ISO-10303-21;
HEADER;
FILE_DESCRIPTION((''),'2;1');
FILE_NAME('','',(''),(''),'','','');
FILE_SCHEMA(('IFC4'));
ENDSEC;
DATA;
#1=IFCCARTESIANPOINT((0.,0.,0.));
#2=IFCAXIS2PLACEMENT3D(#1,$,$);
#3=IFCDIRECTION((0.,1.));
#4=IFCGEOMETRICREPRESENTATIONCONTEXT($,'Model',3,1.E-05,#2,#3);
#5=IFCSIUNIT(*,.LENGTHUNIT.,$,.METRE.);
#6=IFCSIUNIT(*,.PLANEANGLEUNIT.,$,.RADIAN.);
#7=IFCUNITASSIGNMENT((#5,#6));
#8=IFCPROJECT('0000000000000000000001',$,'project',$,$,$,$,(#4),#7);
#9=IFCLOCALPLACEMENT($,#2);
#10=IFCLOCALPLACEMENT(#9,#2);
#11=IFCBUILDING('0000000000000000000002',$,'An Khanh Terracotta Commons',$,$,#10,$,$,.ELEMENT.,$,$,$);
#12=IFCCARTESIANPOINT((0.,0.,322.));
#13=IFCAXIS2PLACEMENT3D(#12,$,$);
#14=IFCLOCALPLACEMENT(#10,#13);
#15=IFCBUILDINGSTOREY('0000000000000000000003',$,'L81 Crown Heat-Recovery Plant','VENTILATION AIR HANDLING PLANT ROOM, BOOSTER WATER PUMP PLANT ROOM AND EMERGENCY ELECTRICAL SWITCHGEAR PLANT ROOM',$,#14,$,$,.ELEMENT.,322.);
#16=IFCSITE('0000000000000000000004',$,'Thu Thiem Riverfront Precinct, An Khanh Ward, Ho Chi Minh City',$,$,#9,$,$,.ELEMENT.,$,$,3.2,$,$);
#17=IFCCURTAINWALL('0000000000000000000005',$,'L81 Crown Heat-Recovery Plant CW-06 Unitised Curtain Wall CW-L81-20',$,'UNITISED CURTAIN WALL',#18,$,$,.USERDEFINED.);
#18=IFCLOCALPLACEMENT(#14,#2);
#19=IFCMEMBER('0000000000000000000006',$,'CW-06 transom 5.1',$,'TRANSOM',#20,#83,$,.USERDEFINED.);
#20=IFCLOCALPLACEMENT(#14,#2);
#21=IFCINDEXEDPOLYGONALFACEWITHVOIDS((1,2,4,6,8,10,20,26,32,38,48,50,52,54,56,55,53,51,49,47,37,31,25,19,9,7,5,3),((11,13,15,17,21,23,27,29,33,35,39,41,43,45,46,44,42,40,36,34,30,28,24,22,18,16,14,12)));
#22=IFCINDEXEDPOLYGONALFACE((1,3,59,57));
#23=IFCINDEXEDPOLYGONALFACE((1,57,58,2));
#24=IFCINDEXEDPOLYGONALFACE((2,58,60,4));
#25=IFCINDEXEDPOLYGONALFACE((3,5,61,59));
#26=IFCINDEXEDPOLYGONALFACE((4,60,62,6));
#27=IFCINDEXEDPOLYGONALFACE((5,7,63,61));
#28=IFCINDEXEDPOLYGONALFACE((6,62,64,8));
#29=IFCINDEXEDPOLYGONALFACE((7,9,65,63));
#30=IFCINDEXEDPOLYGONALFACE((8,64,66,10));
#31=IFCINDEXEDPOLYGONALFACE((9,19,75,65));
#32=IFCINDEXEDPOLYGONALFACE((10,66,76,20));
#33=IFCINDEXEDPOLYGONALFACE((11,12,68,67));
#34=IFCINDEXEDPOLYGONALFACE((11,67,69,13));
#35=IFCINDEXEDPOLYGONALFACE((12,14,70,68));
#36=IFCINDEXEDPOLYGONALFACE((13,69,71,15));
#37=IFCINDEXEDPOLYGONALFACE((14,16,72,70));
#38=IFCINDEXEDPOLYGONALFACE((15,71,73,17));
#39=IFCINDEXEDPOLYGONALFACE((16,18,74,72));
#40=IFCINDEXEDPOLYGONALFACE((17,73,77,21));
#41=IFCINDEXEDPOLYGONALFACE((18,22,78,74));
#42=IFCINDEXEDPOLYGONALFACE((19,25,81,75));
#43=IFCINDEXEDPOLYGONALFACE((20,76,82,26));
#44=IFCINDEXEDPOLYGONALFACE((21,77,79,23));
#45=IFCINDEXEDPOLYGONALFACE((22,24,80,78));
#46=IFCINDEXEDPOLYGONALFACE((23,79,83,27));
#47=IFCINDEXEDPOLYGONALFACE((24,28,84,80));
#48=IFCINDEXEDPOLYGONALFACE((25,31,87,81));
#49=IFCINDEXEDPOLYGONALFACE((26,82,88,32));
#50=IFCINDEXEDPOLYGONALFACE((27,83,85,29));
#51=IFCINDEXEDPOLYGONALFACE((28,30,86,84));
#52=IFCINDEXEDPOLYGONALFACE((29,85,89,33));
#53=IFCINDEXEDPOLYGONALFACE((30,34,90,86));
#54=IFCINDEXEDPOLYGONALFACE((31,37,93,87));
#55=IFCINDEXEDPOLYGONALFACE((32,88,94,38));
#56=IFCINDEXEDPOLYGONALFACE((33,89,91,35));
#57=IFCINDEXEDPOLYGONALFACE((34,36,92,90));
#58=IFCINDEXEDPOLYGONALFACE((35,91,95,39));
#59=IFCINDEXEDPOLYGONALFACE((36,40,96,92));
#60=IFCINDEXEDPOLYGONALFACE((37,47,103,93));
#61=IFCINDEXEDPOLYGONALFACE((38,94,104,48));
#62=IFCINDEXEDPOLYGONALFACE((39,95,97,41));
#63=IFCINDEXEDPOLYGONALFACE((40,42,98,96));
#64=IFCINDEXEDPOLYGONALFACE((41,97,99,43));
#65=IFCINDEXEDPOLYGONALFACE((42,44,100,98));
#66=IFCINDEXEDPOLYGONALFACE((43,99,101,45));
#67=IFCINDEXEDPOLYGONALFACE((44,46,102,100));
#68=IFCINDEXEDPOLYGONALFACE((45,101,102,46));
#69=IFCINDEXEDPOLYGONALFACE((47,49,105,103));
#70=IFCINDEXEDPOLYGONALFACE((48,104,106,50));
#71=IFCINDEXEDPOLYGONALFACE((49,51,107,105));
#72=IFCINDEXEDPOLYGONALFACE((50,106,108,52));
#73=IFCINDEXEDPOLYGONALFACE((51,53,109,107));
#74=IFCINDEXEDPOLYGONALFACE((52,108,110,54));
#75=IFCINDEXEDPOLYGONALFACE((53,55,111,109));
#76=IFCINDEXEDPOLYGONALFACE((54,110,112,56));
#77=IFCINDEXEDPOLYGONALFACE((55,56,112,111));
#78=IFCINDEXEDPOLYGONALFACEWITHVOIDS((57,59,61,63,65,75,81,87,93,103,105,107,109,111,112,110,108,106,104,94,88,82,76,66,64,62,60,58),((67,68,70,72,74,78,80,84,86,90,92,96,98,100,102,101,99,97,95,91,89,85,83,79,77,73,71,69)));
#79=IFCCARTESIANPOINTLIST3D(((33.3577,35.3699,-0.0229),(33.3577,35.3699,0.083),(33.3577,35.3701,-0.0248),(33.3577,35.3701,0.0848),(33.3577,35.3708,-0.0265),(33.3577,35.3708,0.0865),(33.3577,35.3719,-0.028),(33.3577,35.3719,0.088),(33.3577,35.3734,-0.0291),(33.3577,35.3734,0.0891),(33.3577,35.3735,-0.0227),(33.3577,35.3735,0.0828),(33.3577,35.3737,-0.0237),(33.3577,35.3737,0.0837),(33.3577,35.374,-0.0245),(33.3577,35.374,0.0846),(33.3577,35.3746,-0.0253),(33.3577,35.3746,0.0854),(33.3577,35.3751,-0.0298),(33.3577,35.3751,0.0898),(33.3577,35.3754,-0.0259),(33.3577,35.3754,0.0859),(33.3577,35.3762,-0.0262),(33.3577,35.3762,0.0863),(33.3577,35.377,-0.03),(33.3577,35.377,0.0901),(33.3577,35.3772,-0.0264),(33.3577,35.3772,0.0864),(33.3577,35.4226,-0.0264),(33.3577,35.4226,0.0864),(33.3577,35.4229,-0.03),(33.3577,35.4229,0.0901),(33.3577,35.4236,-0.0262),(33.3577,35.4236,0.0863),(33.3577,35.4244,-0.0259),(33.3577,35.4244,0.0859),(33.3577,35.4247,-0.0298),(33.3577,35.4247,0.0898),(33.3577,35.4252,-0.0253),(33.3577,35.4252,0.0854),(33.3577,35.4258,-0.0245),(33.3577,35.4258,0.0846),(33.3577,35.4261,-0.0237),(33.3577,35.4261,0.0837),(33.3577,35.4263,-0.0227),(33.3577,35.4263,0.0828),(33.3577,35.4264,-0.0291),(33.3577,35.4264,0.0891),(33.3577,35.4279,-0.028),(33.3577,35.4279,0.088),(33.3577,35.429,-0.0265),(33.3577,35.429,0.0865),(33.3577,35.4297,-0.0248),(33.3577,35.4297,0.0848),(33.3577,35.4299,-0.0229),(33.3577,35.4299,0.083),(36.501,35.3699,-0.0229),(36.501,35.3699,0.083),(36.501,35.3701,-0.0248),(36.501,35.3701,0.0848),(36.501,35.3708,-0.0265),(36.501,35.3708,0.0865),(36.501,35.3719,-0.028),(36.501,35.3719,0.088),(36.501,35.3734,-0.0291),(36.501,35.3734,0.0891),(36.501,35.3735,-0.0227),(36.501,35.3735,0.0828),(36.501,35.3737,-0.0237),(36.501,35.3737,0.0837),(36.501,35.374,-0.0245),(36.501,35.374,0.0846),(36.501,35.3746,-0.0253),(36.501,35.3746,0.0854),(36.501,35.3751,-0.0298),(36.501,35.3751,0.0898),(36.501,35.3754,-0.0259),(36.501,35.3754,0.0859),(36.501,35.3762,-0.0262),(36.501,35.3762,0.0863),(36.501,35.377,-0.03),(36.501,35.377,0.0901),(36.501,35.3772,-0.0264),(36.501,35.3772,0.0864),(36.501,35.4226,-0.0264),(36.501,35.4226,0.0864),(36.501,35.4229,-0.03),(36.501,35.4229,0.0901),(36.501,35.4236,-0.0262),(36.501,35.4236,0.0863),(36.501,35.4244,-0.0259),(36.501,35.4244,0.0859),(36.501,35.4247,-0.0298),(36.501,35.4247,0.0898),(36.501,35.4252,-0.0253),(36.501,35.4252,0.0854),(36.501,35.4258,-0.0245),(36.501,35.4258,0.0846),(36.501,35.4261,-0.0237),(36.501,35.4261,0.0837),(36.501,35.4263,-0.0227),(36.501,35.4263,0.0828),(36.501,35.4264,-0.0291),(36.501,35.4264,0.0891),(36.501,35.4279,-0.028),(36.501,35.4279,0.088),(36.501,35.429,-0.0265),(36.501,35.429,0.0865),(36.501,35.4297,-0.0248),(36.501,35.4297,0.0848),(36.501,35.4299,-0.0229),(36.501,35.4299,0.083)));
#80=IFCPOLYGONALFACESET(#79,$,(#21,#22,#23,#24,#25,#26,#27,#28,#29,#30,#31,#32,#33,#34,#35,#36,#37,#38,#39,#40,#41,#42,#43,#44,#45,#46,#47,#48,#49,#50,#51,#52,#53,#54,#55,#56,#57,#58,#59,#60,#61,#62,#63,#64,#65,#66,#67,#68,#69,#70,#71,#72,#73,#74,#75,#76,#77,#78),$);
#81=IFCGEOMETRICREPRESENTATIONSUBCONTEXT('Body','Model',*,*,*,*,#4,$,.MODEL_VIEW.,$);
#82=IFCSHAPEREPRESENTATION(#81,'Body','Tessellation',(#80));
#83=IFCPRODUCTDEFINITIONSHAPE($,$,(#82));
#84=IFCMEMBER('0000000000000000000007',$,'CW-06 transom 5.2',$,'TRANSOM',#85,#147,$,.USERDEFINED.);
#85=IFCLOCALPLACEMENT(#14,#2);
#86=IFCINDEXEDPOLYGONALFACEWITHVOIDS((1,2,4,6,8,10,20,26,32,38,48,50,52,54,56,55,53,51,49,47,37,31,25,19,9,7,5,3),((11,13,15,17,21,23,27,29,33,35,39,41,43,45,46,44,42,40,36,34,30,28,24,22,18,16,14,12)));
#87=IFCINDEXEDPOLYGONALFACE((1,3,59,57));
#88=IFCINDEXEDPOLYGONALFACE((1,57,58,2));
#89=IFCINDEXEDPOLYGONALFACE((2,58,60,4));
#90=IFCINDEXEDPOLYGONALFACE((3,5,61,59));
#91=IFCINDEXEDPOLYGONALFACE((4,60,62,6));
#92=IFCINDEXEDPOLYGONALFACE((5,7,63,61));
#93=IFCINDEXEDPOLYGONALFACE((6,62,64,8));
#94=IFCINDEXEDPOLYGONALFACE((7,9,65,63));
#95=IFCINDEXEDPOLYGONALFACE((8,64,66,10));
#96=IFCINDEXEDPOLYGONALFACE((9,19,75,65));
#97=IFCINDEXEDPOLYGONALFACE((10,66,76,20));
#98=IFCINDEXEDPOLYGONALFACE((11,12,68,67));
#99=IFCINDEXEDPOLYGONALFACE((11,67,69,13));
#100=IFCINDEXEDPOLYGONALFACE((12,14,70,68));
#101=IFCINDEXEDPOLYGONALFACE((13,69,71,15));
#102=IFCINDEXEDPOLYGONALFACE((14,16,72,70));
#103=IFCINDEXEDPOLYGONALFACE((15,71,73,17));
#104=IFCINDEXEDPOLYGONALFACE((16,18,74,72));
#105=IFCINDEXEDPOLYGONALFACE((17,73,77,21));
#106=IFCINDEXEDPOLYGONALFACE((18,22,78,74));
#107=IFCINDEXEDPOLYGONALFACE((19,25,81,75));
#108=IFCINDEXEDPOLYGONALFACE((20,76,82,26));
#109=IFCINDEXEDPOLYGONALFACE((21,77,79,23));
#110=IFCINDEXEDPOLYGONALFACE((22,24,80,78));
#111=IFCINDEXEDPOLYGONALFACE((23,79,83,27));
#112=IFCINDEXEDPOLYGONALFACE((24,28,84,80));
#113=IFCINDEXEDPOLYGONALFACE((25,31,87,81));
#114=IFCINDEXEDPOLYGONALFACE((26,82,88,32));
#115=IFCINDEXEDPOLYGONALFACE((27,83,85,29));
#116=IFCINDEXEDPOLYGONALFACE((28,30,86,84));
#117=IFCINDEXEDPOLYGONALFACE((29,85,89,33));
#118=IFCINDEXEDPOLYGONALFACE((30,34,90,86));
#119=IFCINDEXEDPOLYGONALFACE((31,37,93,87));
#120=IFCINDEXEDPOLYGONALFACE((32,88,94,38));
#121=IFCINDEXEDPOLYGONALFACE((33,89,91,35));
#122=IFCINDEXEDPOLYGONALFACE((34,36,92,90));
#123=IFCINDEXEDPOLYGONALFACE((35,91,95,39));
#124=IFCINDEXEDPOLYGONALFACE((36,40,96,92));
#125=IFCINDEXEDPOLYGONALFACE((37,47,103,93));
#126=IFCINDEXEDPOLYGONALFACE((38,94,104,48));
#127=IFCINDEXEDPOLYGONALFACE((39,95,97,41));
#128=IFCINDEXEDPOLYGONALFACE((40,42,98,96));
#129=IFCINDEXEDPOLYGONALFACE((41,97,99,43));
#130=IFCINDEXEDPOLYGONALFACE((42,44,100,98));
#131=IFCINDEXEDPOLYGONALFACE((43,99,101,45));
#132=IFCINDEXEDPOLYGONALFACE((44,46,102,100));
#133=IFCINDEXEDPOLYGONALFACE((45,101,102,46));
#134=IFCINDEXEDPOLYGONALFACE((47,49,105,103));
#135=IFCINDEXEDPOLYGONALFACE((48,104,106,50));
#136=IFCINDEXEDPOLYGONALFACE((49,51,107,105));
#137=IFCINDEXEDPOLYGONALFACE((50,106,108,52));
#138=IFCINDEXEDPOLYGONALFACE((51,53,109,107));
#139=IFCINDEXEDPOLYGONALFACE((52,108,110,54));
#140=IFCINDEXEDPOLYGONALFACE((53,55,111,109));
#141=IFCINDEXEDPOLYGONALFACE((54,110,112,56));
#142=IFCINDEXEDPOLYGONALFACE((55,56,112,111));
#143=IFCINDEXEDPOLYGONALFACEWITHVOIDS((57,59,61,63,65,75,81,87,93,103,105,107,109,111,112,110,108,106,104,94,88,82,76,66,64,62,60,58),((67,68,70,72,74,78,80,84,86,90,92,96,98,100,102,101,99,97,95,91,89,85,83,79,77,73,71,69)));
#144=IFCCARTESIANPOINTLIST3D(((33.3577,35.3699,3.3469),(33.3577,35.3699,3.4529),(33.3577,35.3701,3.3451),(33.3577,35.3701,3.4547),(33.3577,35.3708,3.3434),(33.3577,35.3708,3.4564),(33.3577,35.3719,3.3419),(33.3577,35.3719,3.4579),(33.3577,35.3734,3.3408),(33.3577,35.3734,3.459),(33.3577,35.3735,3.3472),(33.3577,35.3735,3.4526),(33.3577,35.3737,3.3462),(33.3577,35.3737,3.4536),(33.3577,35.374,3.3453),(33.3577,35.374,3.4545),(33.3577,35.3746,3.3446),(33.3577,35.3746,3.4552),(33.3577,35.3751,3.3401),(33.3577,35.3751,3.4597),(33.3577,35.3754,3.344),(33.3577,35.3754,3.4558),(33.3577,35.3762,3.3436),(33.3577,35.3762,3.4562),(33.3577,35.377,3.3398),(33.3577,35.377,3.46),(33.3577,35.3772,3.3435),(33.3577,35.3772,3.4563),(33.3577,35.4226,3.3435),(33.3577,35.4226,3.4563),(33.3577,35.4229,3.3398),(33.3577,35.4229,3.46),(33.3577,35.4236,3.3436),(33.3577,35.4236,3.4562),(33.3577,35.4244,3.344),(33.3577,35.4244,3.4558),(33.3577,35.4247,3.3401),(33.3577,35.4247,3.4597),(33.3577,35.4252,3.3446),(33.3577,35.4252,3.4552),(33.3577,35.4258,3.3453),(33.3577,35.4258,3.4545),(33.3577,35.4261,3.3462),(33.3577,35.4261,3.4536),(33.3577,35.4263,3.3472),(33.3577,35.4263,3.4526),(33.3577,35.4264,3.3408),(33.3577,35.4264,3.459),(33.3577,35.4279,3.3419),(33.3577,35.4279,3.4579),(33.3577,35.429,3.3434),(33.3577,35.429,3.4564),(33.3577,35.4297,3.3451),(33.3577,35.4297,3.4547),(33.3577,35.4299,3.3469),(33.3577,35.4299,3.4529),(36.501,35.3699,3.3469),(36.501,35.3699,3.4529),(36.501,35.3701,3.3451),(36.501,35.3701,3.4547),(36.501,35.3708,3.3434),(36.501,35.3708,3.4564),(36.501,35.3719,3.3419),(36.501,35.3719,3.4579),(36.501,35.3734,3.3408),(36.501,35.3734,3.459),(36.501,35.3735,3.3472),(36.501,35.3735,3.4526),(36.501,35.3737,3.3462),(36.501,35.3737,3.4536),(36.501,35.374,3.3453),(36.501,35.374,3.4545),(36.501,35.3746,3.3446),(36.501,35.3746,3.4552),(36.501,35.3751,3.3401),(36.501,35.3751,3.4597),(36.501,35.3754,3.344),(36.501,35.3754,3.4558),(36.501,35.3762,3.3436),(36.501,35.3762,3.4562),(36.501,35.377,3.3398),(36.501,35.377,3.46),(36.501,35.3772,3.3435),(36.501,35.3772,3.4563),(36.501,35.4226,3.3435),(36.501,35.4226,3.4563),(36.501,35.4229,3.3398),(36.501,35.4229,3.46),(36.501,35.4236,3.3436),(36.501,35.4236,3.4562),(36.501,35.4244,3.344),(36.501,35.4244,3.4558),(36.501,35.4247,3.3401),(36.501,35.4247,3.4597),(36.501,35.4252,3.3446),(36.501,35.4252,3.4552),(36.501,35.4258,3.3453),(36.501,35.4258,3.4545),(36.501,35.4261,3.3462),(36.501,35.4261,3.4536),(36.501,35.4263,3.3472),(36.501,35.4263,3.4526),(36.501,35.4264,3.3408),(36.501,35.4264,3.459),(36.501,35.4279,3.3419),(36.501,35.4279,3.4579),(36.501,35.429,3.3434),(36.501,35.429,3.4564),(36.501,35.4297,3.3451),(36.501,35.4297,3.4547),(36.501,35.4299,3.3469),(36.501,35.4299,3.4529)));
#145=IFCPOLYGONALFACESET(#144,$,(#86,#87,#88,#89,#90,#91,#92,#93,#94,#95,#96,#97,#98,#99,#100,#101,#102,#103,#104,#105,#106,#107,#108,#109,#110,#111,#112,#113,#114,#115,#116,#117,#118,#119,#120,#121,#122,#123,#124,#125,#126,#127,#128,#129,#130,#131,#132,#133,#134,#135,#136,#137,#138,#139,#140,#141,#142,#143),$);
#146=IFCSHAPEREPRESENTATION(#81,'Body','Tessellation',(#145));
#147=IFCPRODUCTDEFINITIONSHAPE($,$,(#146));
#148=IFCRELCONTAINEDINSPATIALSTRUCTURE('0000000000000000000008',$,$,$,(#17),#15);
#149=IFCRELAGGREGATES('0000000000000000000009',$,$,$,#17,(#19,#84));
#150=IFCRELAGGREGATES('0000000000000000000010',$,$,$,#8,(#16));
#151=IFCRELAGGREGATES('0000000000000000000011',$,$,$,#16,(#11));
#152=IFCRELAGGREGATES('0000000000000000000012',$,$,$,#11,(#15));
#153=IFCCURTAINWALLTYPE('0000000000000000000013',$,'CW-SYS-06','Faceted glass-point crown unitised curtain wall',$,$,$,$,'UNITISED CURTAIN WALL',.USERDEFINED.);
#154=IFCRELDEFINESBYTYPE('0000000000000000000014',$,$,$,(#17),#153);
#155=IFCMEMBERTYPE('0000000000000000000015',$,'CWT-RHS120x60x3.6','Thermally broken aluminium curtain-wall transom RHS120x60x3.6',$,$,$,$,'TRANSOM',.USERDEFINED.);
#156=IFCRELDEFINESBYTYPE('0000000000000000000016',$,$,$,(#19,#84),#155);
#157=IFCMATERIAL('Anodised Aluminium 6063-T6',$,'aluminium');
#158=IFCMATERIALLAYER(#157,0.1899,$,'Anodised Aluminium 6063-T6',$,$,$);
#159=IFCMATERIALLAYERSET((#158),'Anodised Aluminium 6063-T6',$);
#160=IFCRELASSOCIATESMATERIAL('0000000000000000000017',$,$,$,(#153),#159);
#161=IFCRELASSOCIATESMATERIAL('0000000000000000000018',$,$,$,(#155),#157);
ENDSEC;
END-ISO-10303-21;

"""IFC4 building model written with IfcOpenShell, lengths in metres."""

from ifc_helpers import new_model, si_unit, direction, frame, origin, origin_2d, place, context, subcontext, project, spatial, hollow_rectangle, extrude, material, layer, layer_set, material_profile, profile_set, type_object, element, aggregate, save


model = new_model("IFC4")

# Units and contexts
model_context = context("Model", 3, precision=1e-05, world=origin(), true_north=direction((0.0, 1.0)))
body_context = subcontext(model_context, "Body", "Model", "MODEL_VIEW")
ifc_project = project(units=[si_unit("LENGTHUNIT", "METRE"), si_unit("PLANEANGLEUNIT", "RADIAN")], contexts=[model_context])

# Site, building, storey
site_placement = place(None, origin())
site = spatial("IfcSite", under=ifc_project, at=site_placement, Name="Thu Thiem Riverfront Precinct, An Khanh Ward, Ho Chi Minh City", CompositionType="ELEMENT", RefElevation=3.2)
building_placement = place(site_placement, origin())
building = spatial("IfcBuilding", under=site, at=building_placement, Name="An Khanh Terracotta Commons", CompositionType="ELEMENT")
storey_placement = place(building_placement, frame((0.0, 0.0, 322.0)))
storey = spatial("IfcBuildingStorey", under=building, at=storey_placement, Name="L81 Crown Heat-Recovery Plant", Description="VENTILATION AIR HANDLING PLANT ROOM, BOOSTER WATER PUMP PLANT ROOM AND EMERGENCY ELECTRICAL SWITCHGEAR PLANT ROOM", CompositionType="ELEMENT", Elevation=322.0)

# Curtain wall, members
ifc_material_1 = material(Name="Anodised Aluminium 6063-T6", Category="aluminium")
ifc_layer_1 = layer(ifc_material_1, 0.1899, Name="Anodised Aluminium 6063-T6")
ifc_layer_set_1 = layer_set([ifc_layer_1], Name="Anodised Aluminium 6063-T6")
curtain_wall_type = type_object("IfcCurtainWallType", Name="CW-SYS-06", Description="Faceted glass-point crown unitised curtain wall", ElementType="UNITISED CURTAIN WALL", PredefinedType="USERDEFINED", material=ifc_layer_set_1)
curtain_wall_placement = place(storey_placement, origin())
curtain_wall = element("IfcCurtainWall", 1, at=curtain_wall_placement, inside=storey, type_object=curtain_wall_type, Name="L81 Crown Heat-Recovery Plant CW-06 Unitised Curtain Wall CW-L81-20", ObjectType="UNITISED CURTAIN WALL", PredefinedType="USERDEFINED")
ifc_material_profile_1 = material_profile(ifc_material_1, hollow_rectangle(XDim=0.0601, YDim=0.1201, WallThickness=0.0037, InnerFilletRadius=0.0037, OuterFilletRadius=0.0071, at=origin_2d()), Name="RHS120x60x3.6")
ifc_profile_set_1 = profile_set([ifc_material_profile_1], Name="Anodised Aluminium 6063-T6")
member_type_1 = type_object("IfcMemberType", Name="CWT-RHS120x60x3.6", Description="Thermally broken aluminium curtain-wall transom RHS120x60x3.6", ElementType="TRANSOM", PredefinedType="USERDEFINED", material=ifc_profile_set_1)
member_1_placement = place(storey_placement, frame((36.501, 35.3999, 0.03), z_axis=(-1.0, 0.0, 0.0), x_axis=(0.0, -1.0, 0.0)))
member_1 = element("IfcMember", 2, at=member_1_placement, type_object=member_type_1, Name="CW-06 transom 5.1", ObjectType="TRANSOM", PredefinedType="USERDEFINED", context=body_context, shape_type="SweptSolid", body=[
    extrude(hollow_rectangle(XDim=0.0601, YDim=0.1201, WallThickness=0.0037, InnerFilletRadius=0.0037, OuterFilletRadius=0.0071, at=origin_2d()), origin(), (0.0, 0.0, 1.0), 3.1433),
])
member_2_placement = place(storey_placement, frame((36.501, 35.3999, 3.3999), z_axis=(-1.0, 0.0, 0.0), x_axis=(0.0, -1.0, 0.0)))
member_2 = element("IfcMember", 3, at=member_2_placement, type_object=member_type_1, Name="CW-06 transom 5.2", ObjectType="TRANSOM", PredefinedType="USERDEFINED", context=body_context, shape_type="SweptSolid", body=[
    extrude(hollow_rectangle(XDim=0.0601, YDim=0.1201, WallThickness=0.0037, InnerFilletRadius=0.0037, OuterFilletRadius=0.0071, at=origin_2d()), origin(), (0.0, 0.0, 1.0), 3.1433),
])
aggregate(curtain_wall, [member_1, member_2])

save(model, "model.ifc")
